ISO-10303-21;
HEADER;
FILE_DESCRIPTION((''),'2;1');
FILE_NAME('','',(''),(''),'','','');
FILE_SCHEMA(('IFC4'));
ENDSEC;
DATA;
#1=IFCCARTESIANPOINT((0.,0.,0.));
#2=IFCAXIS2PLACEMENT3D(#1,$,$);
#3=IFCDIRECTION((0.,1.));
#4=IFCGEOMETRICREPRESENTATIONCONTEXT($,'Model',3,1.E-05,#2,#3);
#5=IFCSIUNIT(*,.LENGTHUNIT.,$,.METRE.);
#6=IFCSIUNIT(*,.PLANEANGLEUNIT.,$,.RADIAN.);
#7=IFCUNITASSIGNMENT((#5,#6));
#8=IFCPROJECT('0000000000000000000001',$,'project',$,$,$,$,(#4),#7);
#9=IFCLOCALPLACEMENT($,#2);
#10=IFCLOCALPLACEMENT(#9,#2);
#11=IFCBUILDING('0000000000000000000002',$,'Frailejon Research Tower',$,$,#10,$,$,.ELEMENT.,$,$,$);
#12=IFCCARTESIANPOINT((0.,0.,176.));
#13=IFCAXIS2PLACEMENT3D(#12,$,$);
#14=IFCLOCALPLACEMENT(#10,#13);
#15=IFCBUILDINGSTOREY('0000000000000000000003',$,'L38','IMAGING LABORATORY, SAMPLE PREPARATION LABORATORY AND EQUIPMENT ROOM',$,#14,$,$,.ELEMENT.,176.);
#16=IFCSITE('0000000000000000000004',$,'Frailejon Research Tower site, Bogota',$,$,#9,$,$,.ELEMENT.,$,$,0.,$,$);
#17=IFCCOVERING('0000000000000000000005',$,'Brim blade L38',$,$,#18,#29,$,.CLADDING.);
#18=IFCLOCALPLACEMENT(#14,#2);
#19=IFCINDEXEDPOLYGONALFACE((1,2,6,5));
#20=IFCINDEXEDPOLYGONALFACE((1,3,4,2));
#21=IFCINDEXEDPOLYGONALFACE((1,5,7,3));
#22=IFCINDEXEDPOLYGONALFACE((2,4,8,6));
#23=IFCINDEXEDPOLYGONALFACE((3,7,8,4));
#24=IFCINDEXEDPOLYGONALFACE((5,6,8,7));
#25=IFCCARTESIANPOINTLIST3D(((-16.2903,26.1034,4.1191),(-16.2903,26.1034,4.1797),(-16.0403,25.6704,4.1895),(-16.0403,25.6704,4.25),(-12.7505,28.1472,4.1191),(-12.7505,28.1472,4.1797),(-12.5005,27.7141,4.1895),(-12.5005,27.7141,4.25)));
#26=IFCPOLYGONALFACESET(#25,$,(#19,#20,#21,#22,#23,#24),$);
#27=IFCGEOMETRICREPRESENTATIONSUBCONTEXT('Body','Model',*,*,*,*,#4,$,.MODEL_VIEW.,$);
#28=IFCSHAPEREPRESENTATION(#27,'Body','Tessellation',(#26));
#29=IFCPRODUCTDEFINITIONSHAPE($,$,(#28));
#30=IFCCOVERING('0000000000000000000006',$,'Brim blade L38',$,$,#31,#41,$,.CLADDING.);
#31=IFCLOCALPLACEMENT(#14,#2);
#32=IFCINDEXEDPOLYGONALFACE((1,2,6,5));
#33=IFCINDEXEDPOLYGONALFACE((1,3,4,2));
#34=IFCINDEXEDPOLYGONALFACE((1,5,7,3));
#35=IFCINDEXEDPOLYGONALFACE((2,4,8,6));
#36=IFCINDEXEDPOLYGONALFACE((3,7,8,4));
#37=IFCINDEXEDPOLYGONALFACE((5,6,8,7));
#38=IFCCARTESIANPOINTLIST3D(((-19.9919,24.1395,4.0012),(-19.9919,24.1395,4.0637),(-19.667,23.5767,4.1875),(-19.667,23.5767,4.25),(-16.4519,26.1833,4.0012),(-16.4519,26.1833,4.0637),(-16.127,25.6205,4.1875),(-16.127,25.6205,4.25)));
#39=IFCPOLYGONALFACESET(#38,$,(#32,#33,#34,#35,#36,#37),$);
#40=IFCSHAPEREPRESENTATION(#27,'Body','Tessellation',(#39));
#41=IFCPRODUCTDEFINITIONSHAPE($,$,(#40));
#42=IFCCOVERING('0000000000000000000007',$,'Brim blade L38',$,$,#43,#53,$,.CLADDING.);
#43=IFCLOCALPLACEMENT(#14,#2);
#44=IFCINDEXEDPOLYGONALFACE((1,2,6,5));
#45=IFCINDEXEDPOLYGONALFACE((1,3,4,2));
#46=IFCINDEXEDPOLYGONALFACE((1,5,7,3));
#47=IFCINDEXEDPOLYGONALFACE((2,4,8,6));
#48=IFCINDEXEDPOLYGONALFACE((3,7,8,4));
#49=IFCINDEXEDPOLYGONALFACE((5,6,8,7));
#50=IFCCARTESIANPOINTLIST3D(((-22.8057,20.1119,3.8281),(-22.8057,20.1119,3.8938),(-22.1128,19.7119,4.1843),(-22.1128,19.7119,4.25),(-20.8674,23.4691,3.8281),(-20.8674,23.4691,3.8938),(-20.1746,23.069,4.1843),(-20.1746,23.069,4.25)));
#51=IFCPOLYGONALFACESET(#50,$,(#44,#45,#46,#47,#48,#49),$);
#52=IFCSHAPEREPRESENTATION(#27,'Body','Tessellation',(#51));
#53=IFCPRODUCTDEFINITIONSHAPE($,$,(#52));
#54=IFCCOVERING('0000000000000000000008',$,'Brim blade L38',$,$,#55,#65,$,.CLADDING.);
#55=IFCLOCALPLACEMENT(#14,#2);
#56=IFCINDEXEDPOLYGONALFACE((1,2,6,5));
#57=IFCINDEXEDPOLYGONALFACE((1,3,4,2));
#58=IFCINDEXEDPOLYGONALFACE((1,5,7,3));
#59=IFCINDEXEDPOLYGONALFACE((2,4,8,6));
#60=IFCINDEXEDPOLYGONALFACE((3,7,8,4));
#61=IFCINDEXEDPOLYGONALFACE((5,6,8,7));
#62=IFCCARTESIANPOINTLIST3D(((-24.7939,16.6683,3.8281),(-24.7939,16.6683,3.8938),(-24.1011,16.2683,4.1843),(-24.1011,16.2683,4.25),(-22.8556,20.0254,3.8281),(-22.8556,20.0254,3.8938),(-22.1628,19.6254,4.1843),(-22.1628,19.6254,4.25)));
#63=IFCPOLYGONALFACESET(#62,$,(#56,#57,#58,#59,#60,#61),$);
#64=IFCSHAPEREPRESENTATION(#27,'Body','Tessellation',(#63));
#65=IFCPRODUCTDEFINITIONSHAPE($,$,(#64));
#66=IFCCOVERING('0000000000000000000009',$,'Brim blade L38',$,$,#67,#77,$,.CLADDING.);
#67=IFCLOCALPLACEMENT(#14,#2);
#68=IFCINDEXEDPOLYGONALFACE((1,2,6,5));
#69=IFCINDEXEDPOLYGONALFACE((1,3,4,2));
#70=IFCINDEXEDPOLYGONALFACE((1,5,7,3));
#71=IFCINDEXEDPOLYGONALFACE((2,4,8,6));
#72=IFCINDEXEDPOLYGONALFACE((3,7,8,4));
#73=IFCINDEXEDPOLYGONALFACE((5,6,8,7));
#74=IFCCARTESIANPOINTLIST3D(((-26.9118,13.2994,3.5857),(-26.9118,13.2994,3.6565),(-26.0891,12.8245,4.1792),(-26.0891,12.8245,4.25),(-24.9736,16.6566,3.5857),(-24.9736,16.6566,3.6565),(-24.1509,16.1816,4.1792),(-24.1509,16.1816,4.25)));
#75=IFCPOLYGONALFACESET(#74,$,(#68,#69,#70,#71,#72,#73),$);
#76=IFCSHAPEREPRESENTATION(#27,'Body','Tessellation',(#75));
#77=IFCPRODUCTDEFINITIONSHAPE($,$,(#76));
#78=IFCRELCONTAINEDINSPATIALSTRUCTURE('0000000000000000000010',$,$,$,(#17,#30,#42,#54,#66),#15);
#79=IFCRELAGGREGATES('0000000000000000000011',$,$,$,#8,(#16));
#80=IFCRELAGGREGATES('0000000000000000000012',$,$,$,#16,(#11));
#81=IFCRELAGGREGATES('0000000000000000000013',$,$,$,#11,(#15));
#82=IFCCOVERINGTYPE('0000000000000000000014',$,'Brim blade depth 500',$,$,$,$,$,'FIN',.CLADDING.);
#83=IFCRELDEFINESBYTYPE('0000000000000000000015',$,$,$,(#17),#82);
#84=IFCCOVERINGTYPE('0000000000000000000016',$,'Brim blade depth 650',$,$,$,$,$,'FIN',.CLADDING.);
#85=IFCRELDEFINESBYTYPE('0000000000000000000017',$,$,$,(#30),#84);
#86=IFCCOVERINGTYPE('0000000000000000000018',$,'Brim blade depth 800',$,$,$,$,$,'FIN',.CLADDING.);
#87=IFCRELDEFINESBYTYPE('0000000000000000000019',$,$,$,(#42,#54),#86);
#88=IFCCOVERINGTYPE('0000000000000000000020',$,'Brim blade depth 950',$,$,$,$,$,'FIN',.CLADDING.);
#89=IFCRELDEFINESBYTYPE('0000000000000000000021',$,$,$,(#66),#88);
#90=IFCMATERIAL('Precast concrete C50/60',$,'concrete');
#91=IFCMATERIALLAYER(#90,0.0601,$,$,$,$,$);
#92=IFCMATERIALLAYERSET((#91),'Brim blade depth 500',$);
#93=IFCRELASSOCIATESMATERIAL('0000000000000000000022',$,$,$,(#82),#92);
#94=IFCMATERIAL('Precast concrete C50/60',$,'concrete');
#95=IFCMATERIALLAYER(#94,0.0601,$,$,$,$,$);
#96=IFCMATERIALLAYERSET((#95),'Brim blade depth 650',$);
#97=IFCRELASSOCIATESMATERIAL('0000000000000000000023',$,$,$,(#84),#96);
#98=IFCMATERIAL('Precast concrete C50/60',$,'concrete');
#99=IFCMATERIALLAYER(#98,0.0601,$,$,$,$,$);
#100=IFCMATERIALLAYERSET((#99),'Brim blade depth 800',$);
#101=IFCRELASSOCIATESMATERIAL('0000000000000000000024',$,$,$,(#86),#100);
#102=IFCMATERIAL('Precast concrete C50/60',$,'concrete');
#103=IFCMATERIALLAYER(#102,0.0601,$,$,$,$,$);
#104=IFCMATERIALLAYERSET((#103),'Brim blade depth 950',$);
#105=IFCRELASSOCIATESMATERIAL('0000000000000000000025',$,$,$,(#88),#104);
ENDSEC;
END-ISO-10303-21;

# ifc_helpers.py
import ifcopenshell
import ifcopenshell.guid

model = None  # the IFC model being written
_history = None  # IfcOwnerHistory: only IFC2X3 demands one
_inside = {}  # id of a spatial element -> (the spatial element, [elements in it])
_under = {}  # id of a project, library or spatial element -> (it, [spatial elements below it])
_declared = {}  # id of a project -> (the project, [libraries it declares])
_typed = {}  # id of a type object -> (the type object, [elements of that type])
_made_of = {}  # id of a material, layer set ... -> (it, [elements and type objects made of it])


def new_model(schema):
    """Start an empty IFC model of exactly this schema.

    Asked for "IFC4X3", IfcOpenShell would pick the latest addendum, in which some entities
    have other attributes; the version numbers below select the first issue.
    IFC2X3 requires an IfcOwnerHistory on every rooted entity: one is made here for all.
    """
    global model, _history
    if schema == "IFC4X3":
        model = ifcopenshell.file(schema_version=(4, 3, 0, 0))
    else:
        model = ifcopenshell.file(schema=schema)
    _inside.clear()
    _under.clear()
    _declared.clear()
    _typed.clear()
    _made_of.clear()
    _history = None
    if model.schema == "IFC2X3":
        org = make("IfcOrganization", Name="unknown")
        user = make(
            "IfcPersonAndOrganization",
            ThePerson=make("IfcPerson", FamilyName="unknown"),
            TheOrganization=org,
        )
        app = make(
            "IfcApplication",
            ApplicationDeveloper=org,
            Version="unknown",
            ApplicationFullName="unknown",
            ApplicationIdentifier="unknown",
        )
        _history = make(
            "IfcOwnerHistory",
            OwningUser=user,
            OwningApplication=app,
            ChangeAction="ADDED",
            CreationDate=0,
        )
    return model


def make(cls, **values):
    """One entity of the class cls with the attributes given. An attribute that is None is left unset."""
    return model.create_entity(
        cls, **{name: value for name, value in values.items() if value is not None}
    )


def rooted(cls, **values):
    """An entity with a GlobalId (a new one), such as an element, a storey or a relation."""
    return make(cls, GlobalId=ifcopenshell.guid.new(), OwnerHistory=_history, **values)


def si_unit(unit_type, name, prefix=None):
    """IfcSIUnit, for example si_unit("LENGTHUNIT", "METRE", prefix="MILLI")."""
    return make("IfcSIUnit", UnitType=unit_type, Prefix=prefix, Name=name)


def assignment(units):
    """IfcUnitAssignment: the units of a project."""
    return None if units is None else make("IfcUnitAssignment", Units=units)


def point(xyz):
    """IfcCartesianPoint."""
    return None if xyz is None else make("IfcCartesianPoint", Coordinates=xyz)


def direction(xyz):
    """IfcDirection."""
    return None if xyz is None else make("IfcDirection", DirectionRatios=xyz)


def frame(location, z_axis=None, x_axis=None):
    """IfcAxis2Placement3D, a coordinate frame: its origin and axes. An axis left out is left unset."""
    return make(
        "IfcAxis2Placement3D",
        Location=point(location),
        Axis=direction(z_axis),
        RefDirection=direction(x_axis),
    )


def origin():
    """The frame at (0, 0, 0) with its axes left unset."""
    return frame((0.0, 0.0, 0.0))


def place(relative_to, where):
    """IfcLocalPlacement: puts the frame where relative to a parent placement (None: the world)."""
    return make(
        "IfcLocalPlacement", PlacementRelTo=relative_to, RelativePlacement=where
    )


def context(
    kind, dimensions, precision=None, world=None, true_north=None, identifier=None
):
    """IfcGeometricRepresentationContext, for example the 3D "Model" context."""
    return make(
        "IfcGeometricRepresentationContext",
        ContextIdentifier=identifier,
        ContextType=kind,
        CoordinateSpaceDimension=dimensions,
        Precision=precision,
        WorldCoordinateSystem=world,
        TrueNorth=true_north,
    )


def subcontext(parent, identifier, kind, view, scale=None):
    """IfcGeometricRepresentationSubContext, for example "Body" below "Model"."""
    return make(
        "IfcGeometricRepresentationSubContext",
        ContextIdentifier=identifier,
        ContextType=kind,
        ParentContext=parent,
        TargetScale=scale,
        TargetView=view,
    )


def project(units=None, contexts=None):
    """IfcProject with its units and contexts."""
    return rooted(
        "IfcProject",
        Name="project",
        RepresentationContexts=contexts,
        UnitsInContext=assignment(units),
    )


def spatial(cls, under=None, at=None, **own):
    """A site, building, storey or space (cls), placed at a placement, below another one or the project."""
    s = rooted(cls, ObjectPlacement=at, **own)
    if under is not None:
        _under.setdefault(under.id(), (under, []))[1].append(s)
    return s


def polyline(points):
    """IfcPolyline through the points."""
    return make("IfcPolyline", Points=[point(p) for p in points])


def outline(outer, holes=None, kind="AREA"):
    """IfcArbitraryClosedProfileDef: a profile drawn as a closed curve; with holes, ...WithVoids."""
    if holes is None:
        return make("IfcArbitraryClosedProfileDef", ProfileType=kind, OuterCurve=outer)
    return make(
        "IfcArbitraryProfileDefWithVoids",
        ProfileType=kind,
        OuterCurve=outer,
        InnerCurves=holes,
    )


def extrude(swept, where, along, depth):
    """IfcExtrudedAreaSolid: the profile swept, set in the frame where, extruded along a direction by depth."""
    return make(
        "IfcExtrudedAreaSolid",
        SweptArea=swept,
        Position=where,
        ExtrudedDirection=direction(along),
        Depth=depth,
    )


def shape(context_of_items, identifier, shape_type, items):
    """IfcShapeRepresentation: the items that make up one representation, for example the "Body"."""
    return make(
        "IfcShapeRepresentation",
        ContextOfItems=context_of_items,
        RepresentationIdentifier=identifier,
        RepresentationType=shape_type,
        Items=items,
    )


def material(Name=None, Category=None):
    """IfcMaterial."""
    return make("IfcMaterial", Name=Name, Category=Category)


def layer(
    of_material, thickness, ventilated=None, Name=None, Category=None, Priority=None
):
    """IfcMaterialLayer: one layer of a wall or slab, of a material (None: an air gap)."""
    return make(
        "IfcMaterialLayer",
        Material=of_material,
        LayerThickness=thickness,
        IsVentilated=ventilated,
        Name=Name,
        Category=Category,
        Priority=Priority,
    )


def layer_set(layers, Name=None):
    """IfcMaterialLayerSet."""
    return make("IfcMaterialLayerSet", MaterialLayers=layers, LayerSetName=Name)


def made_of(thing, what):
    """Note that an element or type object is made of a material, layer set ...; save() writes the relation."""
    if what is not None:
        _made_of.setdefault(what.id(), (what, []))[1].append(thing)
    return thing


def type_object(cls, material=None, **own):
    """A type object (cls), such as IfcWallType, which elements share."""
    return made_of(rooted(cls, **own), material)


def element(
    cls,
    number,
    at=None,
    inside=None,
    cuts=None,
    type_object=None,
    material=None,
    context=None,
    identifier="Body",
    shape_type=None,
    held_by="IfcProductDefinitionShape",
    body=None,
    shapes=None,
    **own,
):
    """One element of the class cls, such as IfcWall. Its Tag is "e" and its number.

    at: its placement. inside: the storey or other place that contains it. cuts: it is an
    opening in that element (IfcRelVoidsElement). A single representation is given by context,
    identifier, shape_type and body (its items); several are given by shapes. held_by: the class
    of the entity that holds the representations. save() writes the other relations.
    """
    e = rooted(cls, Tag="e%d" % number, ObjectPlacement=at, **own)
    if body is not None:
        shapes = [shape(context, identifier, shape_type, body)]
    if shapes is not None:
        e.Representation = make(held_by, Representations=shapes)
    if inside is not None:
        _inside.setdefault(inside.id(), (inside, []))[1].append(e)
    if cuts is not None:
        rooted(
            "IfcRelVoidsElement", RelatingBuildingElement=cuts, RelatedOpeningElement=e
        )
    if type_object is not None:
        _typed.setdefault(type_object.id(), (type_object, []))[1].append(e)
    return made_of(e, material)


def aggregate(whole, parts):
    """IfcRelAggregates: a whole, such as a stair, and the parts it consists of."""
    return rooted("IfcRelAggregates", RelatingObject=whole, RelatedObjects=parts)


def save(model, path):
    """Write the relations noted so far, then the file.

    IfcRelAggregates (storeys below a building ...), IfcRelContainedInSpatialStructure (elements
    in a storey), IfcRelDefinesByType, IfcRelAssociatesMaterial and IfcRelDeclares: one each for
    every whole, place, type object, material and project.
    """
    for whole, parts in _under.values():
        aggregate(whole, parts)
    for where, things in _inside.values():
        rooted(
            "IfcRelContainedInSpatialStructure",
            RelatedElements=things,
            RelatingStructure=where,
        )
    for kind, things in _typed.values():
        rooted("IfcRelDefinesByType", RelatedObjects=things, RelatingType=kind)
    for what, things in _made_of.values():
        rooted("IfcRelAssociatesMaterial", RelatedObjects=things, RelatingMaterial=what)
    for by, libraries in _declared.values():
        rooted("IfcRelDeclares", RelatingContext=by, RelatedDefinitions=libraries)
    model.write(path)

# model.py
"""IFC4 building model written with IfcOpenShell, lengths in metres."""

from ifc_helpers import new_model, si_unit, direction, frame, origin, place, context, subcontext, project, spatial, polyline, outline, extrude, material, layer, layer_set, type_object, element, save


model = new_model("IFC4")

# Units and contexts
model_context = context("Model", 3, precision=1e-05, world=origin(), true_north=direction((0.0, 1.0)))
body_context = subcontext(model_context, "Body", "Model", "MODEL_VIEW")
ifc_project = project(units=[si_unit("LENGTHUNIT", "METRE"), si_unit("PLANEANGLEUNIT", "RADIAN")], contexts=[model_context])

# Site, building, storey
site_placement = place(None, origin())
site = spatial("IfcSite", under=ifc_project, at=site_placement, Name="Frailejon Research Tower site, Bogota", CompositionType="ELEMENT", RefElevation=0.0)
building_placement = place(site_placement, origin())
building = spatial("IfcBuilding", under=site, at=building_placement, Name="Frailejon Research Tower", CompositionType="ELEMENT")
storey_placement = place(building_placement, frame((0.0, 0.0, 176.0)))
storey = spatial("IfcBuildingStorey", under=building, at=storey_placement, Name="L38", Description="IMAGING LABORATORY, SAMPLE PREPARATION LABORATORY AND EQUIPMENT ROOM", CompositionType="ELEMENT", Elevation=176.0)

# Coverings
ifc_material_1 = material(Name="Precast concrete C50/60", Category="concrete")
ifc_layer_1 = layer(ifc_material_1, 0.0601)
ifc_layer_set_1 = layer_set([ifc_layer_1], Name="Brim blade depth 500")
covering_type_1 = type_object("IfcCoveringType", Name="Brim blade depth 500", ElementType="FIN", PredefinedType="CLADDING", material=ifc_layer_set_1)
covering_1_placement = place(storey_placement, frame((-16.0403, 25.6704, 4.25), z_axis=(0.866021, 0.500007, 0.0), x_axis=(-0.500007, 0.866021, 0.0)))
element("IfcCovering", 1, at=covering_1_placement, inside=storey, type_object=covering_type_1, Name="Brim blade L38", PredefinedType="CLADDING", context=body_context, shape_type="SweptSolid", body=[
    extrude(outline(polyline([(0.0, -0.0605), (0.5, -0.1309), (0.5, -0.0703), (0.0, 0.0), (0.0, -0.0605)])), origin(), (0.0, 0.0, 1.0), 4.0874),
])
ifc_material_2 = material(Name="Precast concrete C50/60", Category="concrete")
ifc_layer_2 = layer(ifc_material_2, 0.0601)
ifc_layer_set_2 = layer_set([ifc_layer_2], Name="Brim blade depth 650")
covering_type_2 = type_object("IfcCoveringType", Name="Brim blade depth 650", ElementType="FIN", PredefinedType="CLADDING", material=ifc_layer_set_2)
covering_2_placement = place(storey_placement, frame((-19.667, 23.5767, 4.25), z_axis=(0.866027, 0.499997, 0.0), x_axis=(-0.499997, 0.866027, 0.0)))
element("IfcCovering", 2, at=covering_2_placement, inside=storey, type_object=covering_type_2, Name="Brim blade L38", PredefinedType="CLADDING", context=body_context, shape_type="SweptSolid", body=[
    extrude(outline(polyline([(0.0, -0.0625), (0.6499, -0.2488), (0.6499, -0.1863), (0.0, 0.0), (0.0, -0.0625)])), origin(), (0.0, 0.0, 1.0), 4.0876),
])
ifc_material_3 = material(Name="Precast concrete C50/60", Category="concrete")
ifc_layer_3 = layer(ifc_material_3, 0.0601)
ifc_layer_set_3 = layer_set([ifc_layer_3], Name="Brim blade depth 800")
covering_type_3 = type_object("IfcCoveringType", Name="Brim blade depth 800", ElementType="FIN", PredefinedType="CLADDING", material=ifc_layer_set_3)
for number, where, z_axis, x_axis, name in (
    (3, (-22.1128, 19.7119, 4.25), (0.499996, 0.866028, 0.0), (-0.866028, 0.499996, 0.0), "Brim blade L38"),
    (4, (-24.1011, 16.2683, 4.25), (0.500015, 0.866017, 0.0), (-0.866017, 0.500015, 0.0), "Brim blade L38"),
):
    element("IfcCovering", number, at=place(storey_placement, frame(where, z_axis=z_axis, x_axis=x_axis)), inside=storey, type_object=covering_type_3, Name=name, PredefinedType="CLADDING", context=body_context, shape_type="SweptSolid", body=[
        extrude(outline(polyline([(0.0, -0.0657), (0.8, -0.4219), (0.8, -0.3562), (0.0, 0.0), (0.0, -0.0657)])), origin(), (0.0, 0.0, 1.0), 3.8765),
    ])
ifc_material_4 = material(Name="Precast concrete C50/60", Category="concrete")
ifc_layer_4 = layer(ifc_material_4, 0.0601)
ifc_layer_set_4 = layer_set([ifc_layer_4], Name="Brim blade depth 950")
covering_type_4 = type_object("IfcCoveringType", Name="Brim blade depth 950", ElementType="FIN", PredefinedType="CLADDING", material=ifc_layer_set_4)
covering_3_placement = place(storey_placement, frame((-26.0891, 12.8245, 4.25), z_axis=(0.499985, 0.866034, 0.0), x_axis=(-0.866034, 0.499985, 0.0)))
element("IfcCovering", 5, at=covering_3_placement, inside=storey, type_object=covering_type_4, Name="Brim blade L38", PredefinedType="CLADDING", context=body_context, shape_type="SweptSolid", body=[
    extrude(outline(polyline([(0.0, -0.0708), (0.95, -0.6643), (0.95, -0.5935), (0.0, 0.0), (0.0, -0.0708)])), origin(), (0.0, 0.0, 1.0), 3.8765),
])

save(model, "model.ifc")
